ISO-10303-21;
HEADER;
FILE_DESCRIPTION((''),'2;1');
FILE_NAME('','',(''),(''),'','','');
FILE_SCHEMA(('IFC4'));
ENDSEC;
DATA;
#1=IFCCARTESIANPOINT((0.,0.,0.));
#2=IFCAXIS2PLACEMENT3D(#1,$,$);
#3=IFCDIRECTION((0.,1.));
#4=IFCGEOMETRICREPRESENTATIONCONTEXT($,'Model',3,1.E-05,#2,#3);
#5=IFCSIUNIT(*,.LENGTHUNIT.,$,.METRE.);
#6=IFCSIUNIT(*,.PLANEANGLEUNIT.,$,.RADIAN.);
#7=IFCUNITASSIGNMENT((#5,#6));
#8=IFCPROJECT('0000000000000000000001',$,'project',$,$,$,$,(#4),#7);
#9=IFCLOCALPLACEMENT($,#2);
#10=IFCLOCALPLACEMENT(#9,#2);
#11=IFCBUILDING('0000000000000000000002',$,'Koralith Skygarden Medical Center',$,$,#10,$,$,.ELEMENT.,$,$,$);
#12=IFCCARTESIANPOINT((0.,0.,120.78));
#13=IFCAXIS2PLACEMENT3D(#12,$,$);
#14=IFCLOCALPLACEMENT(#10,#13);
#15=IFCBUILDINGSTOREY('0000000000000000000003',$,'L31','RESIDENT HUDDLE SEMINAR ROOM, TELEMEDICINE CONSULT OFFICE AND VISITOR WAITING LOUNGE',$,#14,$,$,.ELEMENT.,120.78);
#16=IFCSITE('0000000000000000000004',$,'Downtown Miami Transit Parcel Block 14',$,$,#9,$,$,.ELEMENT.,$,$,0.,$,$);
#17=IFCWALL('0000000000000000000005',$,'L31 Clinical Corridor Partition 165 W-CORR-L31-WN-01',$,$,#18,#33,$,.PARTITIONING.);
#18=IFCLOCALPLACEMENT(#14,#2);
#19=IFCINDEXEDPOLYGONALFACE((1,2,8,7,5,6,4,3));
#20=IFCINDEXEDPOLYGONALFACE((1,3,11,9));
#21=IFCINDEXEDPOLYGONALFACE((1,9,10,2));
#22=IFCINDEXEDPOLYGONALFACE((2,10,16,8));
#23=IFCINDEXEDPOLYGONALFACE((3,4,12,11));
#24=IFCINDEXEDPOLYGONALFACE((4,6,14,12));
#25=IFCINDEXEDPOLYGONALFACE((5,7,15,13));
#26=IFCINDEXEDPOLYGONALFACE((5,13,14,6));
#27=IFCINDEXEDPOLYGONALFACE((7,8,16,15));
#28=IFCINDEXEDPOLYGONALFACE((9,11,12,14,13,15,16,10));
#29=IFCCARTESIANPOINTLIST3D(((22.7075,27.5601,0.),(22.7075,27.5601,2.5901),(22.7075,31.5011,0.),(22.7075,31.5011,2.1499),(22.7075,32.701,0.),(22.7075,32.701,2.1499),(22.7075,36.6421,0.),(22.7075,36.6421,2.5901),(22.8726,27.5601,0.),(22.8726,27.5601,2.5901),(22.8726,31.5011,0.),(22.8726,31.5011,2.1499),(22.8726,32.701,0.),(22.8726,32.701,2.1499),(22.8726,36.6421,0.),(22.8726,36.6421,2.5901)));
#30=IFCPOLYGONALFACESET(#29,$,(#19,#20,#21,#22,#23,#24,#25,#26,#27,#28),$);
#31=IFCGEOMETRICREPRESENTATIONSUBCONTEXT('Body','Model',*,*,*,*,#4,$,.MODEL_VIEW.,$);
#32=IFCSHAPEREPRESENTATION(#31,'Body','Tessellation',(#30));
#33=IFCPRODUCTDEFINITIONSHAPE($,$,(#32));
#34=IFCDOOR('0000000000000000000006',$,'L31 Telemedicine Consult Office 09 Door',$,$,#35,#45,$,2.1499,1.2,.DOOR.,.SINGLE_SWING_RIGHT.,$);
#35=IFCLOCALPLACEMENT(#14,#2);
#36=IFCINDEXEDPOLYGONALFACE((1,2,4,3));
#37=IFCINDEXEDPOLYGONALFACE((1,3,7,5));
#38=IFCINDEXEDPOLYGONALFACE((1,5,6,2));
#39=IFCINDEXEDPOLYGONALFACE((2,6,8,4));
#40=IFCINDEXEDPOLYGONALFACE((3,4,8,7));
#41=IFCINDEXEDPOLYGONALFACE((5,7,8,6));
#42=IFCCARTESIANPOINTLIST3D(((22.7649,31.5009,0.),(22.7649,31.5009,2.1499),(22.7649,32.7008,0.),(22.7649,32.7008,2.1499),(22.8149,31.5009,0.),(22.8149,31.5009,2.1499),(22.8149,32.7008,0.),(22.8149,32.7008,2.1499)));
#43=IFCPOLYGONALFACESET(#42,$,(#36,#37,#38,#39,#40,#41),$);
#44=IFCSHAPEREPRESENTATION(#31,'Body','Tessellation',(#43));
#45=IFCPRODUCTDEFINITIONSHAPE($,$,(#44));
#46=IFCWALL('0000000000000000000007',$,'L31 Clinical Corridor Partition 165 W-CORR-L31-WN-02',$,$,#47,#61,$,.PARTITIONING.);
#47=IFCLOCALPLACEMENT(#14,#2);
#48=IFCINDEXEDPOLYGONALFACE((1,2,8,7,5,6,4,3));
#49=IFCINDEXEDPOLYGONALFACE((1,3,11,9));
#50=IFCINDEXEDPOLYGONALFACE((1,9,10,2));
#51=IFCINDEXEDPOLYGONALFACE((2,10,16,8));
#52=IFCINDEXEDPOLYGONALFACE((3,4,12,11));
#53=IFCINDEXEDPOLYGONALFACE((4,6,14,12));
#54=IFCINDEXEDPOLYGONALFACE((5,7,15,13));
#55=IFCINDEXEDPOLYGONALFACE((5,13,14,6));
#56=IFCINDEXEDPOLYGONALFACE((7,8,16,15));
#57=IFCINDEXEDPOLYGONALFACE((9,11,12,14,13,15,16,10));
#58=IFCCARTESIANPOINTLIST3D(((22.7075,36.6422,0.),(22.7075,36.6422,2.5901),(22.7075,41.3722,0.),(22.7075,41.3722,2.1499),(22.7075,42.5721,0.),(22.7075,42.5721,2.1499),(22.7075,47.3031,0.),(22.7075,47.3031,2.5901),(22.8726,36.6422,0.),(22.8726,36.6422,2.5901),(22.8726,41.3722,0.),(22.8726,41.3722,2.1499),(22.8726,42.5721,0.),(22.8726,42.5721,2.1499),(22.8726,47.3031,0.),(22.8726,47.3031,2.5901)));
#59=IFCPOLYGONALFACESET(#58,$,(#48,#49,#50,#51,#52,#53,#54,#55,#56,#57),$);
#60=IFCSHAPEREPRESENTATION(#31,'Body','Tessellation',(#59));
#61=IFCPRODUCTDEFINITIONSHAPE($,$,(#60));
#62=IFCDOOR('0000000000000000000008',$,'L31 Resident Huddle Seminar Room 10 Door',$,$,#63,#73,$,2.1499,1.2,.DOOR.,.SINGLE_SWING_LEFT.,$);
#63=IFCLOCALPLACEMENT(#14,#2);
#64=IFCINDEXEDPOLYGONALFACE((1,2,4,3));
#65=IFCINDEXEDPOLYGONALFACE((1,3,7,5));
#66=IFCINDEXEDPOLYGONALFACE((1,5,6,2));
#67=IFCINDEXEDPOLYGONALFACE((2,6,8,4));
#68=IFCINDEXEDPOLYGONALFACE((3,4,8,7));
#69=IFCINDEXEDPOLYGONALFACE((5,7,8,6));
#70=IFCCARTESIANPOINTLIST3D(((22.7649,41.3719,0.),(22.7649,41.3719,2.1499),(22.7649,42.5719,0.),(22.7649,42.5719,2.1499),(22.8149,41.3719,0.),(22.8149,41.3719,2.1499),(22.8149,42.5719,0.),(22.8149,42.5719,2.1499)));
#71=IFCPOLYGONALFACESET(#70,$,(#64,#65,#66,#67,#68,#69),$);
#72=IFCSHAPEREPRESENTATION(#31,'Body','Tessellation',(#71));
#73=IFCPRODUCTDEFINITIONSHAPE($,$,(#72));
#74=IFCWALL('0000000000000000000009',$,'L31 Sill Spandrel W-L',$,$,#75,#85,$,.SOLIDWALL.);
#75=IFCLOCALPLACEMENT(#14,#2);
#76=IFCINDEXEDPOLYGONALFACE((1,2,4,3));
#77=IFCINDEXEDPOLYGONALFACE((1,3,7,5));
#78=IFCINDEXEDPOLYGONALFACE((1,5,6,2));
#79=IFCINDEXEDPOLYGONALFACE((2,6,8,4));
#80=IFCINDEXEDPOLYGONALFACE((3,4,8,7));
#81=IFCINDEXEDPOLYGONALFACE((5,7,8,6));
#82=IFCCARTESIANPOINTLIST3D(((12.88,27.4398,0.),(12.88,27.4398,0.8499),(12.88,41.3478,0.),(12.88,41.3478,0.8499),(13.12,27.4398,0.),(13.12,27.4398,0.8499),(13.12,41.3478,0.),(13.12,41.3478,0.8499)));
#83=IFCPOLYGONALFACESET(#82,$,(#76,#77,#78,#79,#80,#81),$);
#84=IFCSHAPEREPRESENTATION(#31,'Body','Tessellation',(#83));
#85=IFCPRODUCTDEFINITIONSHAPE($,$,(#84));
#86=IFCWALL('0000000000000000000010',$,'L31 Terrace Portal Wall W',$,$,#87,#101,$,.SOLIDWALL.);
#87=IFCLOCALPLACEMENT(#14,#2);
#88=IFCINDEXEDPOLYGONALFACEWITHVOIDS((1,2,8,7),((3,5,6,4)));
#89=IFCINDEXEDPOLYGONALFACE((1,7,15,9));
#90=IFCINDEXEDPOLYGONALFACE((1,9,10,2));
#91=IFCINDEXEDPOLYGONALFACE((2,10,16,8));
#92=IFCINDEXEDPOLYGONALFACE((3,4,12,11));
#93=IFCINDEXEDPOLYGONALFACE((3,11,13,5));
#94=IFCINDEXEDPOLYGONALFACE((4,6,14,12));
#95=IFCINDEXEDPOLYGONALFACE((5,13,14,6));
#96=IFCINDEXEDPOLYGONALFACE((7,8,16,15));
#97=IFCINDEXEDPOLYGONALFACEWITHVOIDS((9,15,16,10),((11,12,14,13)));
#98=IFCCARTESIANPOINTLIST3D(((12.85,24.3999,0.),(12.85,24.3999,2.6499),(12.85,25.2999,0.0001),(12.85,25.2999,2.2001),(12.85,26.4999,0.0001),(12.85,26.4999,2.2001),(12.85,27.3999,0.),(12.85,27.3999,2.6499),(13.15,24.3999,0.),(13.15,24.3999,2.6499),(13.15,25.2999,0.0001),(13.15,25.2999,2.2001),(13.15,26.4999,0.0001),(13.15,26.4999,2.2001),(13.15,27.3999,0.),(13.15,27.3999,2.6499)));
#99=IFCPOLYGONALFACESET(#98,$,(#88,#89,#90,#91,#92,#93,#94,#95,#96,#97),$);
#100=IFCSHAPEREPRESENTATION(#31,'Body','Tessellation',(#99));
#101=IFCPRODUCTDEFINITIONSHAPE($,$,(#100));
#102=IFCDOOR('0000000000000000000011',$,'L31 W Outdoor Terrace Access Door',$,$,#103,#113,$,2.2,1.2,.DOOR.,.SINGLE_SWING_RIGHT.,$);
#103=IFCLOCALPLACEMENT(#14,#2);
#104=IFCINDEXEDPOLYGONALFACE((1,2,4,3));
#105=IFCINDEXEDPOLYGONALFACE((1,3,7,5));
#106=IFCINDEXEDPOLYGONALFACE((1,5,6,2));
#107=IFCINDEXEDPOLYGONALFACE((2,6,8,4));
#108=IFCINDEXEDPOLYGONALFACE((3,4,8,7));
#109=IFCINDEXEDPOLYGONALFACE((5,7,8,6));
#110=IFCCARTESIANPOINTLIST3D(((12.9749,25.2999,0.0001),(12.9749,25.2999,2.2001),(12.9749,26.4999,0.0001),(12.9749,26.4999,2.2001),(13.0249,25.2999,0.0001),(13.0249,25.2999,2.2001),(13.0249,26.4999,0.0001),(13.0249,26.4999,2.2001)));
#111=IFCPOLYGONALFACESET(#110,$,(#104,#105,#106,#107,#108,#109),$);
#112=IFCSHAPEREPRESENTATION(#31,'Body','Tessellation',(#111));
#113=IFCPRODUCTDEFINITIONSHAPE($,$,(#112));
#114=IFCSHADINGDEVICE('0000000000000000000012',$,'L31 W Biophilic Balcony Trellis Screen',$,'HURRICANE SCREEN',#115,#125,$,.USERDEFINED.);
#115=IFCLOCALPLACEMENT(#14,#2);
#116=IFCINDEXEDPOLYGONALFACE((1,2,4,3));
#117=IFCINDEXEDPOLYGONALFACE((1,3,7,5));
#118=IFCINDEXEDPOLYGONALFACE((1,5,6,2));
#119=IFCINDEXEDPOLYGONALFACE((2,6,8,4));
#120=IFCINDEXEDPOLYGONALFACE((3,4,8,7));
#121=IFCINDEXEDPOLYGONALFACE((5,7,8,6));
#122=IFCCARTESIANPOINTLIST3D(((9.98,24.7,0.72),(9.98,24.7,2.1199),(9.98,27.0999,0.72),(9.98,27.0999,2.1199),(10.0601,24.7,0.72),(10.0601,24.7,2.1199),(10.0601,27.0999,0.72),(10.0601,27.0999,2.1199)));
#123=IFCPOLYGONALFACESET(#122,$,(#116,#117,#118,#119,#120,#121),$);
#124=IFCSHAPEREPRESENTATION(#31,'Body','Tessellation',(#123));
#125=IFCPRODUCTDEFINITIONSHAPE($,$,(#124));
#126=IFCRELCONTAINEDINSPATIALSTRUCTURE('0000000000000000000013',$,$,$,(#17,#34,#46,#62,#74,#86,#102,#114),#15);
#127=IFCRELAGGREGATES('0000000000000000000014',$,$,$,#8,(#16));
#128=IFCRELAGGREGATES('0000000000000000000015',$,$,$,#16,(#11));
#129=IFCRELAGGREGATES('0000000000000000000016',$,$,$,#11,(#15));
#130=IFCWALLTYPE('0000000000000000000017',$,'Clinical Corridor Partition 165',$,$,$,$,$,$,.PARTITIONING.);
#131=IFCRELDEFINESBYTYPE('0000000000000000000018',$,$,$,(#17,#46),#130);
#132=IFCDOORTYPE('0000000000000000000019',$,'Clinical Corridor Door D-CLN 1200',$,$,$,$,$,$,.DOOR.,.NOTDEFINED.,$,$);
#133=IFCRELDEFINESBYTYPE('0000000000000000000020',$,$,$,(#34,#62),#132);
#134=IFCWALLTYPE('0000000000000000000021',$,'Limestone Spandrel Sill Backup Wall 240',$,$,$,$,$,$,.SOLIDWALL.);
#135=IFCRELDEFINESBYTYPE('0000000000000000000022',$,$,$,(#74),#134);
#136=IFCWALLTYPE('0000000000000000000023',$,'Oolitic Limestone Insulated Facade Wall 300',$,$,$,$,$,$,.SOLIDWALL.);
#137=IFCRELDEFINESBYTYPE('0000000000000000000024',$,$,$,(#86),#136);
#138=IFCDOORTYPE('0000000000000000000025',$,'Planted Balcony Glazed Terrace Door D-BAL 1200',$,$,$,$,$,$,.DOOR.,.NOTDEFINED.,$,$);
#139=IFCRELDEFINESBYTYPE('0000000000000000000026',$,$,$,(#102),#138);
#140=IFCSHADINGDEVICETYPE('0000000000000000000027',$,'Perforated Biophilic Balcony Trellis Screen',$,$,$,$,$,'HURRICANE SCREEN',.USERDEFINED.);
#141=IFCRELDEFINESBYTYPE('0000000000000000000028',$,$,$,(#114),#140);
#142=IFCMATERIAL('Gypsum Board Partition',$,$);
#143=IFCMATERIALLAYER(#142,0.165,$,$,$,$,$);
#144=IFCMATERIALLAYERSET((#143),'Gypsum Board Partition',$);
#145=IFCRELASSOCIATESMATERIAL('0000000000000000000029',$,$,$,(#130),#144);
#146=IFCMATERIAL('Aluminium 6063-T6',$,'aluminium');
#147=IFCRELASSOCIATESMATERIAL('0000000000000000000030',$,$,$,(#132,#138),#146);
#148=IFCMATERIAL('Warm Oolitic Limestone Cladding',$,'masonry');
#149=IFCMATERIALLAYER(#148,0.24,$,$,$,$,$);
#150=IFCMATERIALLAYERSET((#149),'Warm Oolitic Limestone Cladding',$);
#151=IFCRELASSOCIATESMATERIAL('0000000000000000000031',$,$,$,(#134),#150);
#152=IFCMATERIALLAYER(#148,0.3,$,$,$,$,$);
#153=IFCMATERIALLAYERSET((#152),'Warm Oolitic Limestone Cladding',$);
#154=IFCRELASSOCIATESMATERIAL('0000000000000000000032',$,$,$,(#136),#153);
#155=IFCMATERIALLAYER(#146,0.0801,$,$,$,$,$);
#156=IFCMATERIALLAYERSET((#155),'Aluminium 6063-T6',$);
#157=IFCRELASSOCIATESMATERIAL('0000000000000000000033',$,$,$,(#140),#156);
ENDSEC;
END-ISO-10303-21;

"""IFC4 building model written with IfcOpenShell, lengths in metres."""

from ifc_helpers import new_model, si_unit, direction, frame, frame_2d, origin, origin_2d, place, context, subcontext, project, spatial, rectangle, extrude, material, layer, layer_set, type_object, element, fill, save


model = new_model("IFC4")

# Units and contexts
model_context = context("Model", 3, precision=1e-05, world=origin(), true_north=direction((0.0, 1.0)))
body_context = subcontext(model_context, "Body", "Model", "MODEL_VIEW")
ifc_project = project(units=[si_unit("LENGTHUNIT", "METRE"), si_unit("PLANEANGLEUNIT", "RADIAN")], contexts=[model_context])

# Site, building, storey
site_placement = place(None, origin())
site = spatial("IfcSite", under=ifc_project, at=site_placement, Name="Downtown Miami Transit Parcel Block 14", CompositionType="ELEMENT", RefElevation=0.0)
building_placement = place(site_placement, origin())
building = spatial("IfcBuilding", under=site, at=building_placement, Name="Koralith Skygarden Medical Center", CompositionType="ELEMENT")
storey_placement = place(building_placement, frame((0.0, 0.0, 120.78)))
storey = spatial("IfcBuildingStorey", under=building, at=storey_placement, Name="L31", Description="RESIDENT HUDDLE SEMINAR ROOM, TELEMEDICINE CONSULT OFFICE AND VISITOR WAITING LOUNGE", CompositionType="ELEMENT", Elevation=120.78)

# Shared definitions
ifc_material_1 = material(Name="Aluminium 6063-T6", Category="aluminium")

# Shared definitions
ifc_material_2 = material(Name="Gypsum Board Partition")
ifc_layer_1 = layer(ifc_material_2, 0.165)
ifc_layer_set_1 = layer_set([ifc_layer_1], Name="Gypsum Board Partition")
wall_type_1 = type_object("IfcWallType", Name="Clinical Corridor Partition 165", PredefinedType="PARTITIONING", material=ifc_layer_set_1)

# Walls, openings, doors
wall_1_placement = place(storey_placement, frame((22.79, 27.5601, 0.0), z_axis=(0.0, 0.0, 1.0), x_axis=(0.0, 1.0, 0.0)))
wall_1 = element("IfcWall", 1, at=wall_1_placement, inside=storey, type_object=wall_type_1, Name="L31 Clinical Corridor Partition 165 W-CORR-L31-WN-01", PredefinedType="PARTITIONING", context=body_context, shape_type="SweptSolid", body=[
    extrude(rectangle(XDim=9.082, YDim=0.165, at=frame_2d((4.541, 0.0))), origin(), (0.0, 0.0, 1.0), 2.5901),
])
opening_1_placement = place(wall_1_placement, frame((3.9409, 0.0, 0.0)))
opening_1 = element("IfcOpeningElement", 2, at=opening_1_placement, cuts=wall_1, PredefinedType="OPENING", context=body_context, shape_type="SweptSolid", body=[
    extrude(rectangle(XDim=1.2, YDim=2.1499, at=frame_2d((0.6001, 1.075))), frame((0.0, 0.0925, 0.0), z_axis=(0.0, -1.0, 0.0), x_axis=(1.0, 0.0, 0.0)), (0.0, 0.0, 1.0), 0.1851),
])
door_type_1 = type_object("IfcDoorType", Name="Clinical Corridor Door D-CLN 1200", OperationType="NOTDEFINED", PredefinedType="DOOR", material=ifc_material_1)
door_1_placement = place(opening_1_placement, frame((1.2, 0.0, 0.0), z_axis=(0.0, 0.0, 1.0), x_axis=(-1.0, 0.0, 0.0)))
door_1 = element("IfcDoor", 3, at=door_1_placement, inside=storey, type_object=door_type_1, Name="L31 Telemedicine Consult Office 09 Door", OperationType="SINGLE_SWING_RIGHT", OverallHeight=2.1499, OverallWidth=1.2, PredefinedType="DOOR", context=body_context, shape_type="SweptSolid", body=[
    extrude(rectangle(XDim=1.2, YDim=2.1499, at=frame_2d((0.6001, 1.075))), frame((0.0, 0.0249, 0.0), z_axis=(0.0, -1.0, 0.0), x_axis=(1.0, 0.0, 0.0)), (0.0, 0.0, 1.0), 0.05),
])
fill(opening_1, door_1)
wall_2_placement = place(storey_placement, frame((22.79, 36.6421, 0.0), z_axis=(0.0, 0.0, 1.0), x_axis=(0.0, 1.0, 0.0)))
wall_2 = element("IfcWall", 4, at=wall_2_placement, inside=storey, type_object=wall_type_1, Name="L31 Clinical Corridor Partition 165 W-CORR-L31-WN-02", PredefinedType="PARTITIONING", context=body_context, shape_type="SweptSolid", body=[
    extrude(rectangle(XDim=10.6609, YDim=0.165, at=frame_2d((5.3306, 0.0))), origin(), (0.0, 0.0, 1.0), 2.5901),
])
opening_2_placement = place(wall_2_placement, frame((4.73, 0.0, 0.0)))
opening_2 = element("IfcOpeningElement", 5, at=opening_2_placement, cuts=wall_2, PredefinedType="OPENING", context=body_context, shape_type="SweptSolid", body=[
    extrude(rectangle(XDim=1.2, YDim=2.1499, at=frame_2d((0.6001, 1.075))), frame((0.0, 0.0925, 0.0), z_axis=(0.0, -1.0, 0.0), x_axis=(1.0, 0.0, 0.0)), (0.0, 0.0, 1.0), 0.1851),
])
door_2_placement = place(opening_2_placement, frame((1.2, 0.0, 0.0), z_axis=(0.0, 0.0, 1.0), x_axis=(-1.0, 0.0, 0.0)))
door_2 = element("IfcDoor", 6, at=door_2_placement, inside=storey, type_object=door_type_1, Name="L31 Resident Huddle Seminar Room 10 Door", OperationType="SINGLE_SWING_LEFT", OverallHeight=2.1499, OverallWidth=1.2, PredefinedType="DOOR", context=body_context, shape_type="SweptSolid", body=[
    extrude(rectangle(XDim=1.2, YDim=2.1499, at=frame_2d((0.6001, 1.075))), frame((0.0, 0.0249, 0.0), z_axis=(0.0, -1.0, 0.0), x_axis=(1.0, 0.0, 0.0)), (0.0, 0.0, 1.0), 0.05),
])
fill(opening_2, door_2)

# Wall
ifc_material_3 = material(Name="Warm Oolitic Limestone Cladding", Category="masonry")
ifc_layer_2 = layer(ifc_material_3, 0.24)
ifc_layer_set_2 = layer_set([ifc_layer_2], Name="Warm Oolitic Limestone Cladding")
wall_type_2 = type_object("IfcWallType", Name="Limestone Spandrel Sill Backup Wall 240", PredefinedType="SOLIDWALL", material=ifc_layer_set_2)
wall_3_placement = place(storey_placement, frame((13.0, 41.3479, 0.0), z_axis=(0.0, 0.0, 1.0), x_axis=(0.0, -1.0, 0.0)))
element("IfcWall", 7, at=wall_3_placement, inside=storey, type_object=wall_type_2, Name="L31 Sill Spandrel W-L", PredefinedType="SOLIDWALL", context=body_context, shape_type="SweptSolid", body=[
    extrude(rectangle(XDim=13.908, YDim=0.24, at=frame_2d((6.9541, 0.0))), origin(), (0.0, 0.0, 1.0), 0.8499),
])

# Wall, opening, door
ifc_layer_3 = layer(ifc_material_3, 0.3)
ifc_layer_set_3 = layer_set([ifc_layer_3], Name="Warm Oolitic Limestone Cladding")
wall_type_3 = type_object("IfcWallType", Name="Oolitic Limestone Insulated Facade Wall 300", PredefinedType="SOLIDWALL", material=ifc_layer_set_3)
wall_4_placement = place(storey_placement, frame((13.0, 27.3999, 0.0), z_axis=(0.0, 0.0, 1.0), x_axis=(0.0, -1.0, 0.0)))
wall_4 = element("IfcWall", 8, at=wall_4_placement, inside=storey, type_object=wall_type_3, Name="L31 Terrace Portal Wall W", PredefinedType="SOLIDWALL", context=body_context, shape_type="SweptSolid", body=[
    extrude(rectangle(XDim=3.0, YDim=0.3, at=frame_2d((1.5, 0.0))), origin(), (0.0, 0.0, 1.0), 2.6499),
])
opening_3_placement = place(wall_4_placement, frame((0.8999, 0.0, 0.0)))
opening_3 = element("IfcOpeningElement", 9, at=opening_3_placement, cuts=wall_4, PredefinedType="OPENING", context=body_context, shape_type="SweptSolid", body=[
    extrude(rectangle(XDim=1.2, YDim=2.2, at=frame_2d((0.6001, 1.1001))), frame((0.0, 0.1599, 0.0), z_axis=(0.0, -1.0, 0.0), x_axis=(1.0, 0.0, 0.0)), (0.0, 0.0, 1.0), 0.3201),
])
door_type_2 = type_object("IfcDoorType", Name="Planted Balcony Glazed Terrace Door D-BAL 1200", OperationType="NOTDEFINED", PredefinedType="DOOR", material=ifc_material_1)
door_3_placement = place(opening_3_placement, origin())
door_3 = element("IfcDoor", 10, at=door_3_placement, inside=storey, type_object=door_type_2, Name="L31 W Outdoor Terrace Access Door", OperationType="SINGLE_SWING_RIGHT", OverallHeight=2.2, OverallWidth=1.2, PredefinedType="DOOR", context=body_context, shape_type="SweptSolid", body=[
    extrude(rectangle(XDim=1.2, YDim=2.2, at=frame_2d((0.6001, 1.1001))), frame((0.0, 0.0249, 0.0), z_axis=(0.0, -1.0, 0.0), x_axis=(1.0, 0.0, 0.0)), (0.0, 0.0, 1.0), 0.05),
])
fill(opening_3, door_3)

# Shading device
ifc_layer_4 = layer(ifc_material_1, 0.0801)
ifc_layer_set_4 = layer_set([ifc_layer_4], Name="Aluminium 6063-T6")
shading_device_type = type_object("IfcShadingDeviceType", Name="Perforated Biophilic Balcony Trellis Screen", ElementType="HURRICANE SCREEN", PredefinedType="USERDEFINED", material=ifc_layer_set_4)
shading_device_placement = place(storey_placement, frame((10.02, 25.8999, 0.72), z_axis=(0.0, 0.0, 1.0), x_axis=(0.0, 1.0, 0.0)))
element("IfcShadingDevice", 11, at=shading_device_placement, inside=storey, type_object=shading_device_type, Name="L31 W Biophilic Balcony Trellis Screen", ObjectType="HURRICANE SCREEN", PredefinedType="USERDEFINED", context=body_context, shape_type="SweptSolid", body=[
    extrude(rectangle(XDim=2.3999, YDim=0.0801, at=origin_2d()), origin(), (0.0, 0.0, 1.0), 1.3999),
])

save(model, "model.ifc")
